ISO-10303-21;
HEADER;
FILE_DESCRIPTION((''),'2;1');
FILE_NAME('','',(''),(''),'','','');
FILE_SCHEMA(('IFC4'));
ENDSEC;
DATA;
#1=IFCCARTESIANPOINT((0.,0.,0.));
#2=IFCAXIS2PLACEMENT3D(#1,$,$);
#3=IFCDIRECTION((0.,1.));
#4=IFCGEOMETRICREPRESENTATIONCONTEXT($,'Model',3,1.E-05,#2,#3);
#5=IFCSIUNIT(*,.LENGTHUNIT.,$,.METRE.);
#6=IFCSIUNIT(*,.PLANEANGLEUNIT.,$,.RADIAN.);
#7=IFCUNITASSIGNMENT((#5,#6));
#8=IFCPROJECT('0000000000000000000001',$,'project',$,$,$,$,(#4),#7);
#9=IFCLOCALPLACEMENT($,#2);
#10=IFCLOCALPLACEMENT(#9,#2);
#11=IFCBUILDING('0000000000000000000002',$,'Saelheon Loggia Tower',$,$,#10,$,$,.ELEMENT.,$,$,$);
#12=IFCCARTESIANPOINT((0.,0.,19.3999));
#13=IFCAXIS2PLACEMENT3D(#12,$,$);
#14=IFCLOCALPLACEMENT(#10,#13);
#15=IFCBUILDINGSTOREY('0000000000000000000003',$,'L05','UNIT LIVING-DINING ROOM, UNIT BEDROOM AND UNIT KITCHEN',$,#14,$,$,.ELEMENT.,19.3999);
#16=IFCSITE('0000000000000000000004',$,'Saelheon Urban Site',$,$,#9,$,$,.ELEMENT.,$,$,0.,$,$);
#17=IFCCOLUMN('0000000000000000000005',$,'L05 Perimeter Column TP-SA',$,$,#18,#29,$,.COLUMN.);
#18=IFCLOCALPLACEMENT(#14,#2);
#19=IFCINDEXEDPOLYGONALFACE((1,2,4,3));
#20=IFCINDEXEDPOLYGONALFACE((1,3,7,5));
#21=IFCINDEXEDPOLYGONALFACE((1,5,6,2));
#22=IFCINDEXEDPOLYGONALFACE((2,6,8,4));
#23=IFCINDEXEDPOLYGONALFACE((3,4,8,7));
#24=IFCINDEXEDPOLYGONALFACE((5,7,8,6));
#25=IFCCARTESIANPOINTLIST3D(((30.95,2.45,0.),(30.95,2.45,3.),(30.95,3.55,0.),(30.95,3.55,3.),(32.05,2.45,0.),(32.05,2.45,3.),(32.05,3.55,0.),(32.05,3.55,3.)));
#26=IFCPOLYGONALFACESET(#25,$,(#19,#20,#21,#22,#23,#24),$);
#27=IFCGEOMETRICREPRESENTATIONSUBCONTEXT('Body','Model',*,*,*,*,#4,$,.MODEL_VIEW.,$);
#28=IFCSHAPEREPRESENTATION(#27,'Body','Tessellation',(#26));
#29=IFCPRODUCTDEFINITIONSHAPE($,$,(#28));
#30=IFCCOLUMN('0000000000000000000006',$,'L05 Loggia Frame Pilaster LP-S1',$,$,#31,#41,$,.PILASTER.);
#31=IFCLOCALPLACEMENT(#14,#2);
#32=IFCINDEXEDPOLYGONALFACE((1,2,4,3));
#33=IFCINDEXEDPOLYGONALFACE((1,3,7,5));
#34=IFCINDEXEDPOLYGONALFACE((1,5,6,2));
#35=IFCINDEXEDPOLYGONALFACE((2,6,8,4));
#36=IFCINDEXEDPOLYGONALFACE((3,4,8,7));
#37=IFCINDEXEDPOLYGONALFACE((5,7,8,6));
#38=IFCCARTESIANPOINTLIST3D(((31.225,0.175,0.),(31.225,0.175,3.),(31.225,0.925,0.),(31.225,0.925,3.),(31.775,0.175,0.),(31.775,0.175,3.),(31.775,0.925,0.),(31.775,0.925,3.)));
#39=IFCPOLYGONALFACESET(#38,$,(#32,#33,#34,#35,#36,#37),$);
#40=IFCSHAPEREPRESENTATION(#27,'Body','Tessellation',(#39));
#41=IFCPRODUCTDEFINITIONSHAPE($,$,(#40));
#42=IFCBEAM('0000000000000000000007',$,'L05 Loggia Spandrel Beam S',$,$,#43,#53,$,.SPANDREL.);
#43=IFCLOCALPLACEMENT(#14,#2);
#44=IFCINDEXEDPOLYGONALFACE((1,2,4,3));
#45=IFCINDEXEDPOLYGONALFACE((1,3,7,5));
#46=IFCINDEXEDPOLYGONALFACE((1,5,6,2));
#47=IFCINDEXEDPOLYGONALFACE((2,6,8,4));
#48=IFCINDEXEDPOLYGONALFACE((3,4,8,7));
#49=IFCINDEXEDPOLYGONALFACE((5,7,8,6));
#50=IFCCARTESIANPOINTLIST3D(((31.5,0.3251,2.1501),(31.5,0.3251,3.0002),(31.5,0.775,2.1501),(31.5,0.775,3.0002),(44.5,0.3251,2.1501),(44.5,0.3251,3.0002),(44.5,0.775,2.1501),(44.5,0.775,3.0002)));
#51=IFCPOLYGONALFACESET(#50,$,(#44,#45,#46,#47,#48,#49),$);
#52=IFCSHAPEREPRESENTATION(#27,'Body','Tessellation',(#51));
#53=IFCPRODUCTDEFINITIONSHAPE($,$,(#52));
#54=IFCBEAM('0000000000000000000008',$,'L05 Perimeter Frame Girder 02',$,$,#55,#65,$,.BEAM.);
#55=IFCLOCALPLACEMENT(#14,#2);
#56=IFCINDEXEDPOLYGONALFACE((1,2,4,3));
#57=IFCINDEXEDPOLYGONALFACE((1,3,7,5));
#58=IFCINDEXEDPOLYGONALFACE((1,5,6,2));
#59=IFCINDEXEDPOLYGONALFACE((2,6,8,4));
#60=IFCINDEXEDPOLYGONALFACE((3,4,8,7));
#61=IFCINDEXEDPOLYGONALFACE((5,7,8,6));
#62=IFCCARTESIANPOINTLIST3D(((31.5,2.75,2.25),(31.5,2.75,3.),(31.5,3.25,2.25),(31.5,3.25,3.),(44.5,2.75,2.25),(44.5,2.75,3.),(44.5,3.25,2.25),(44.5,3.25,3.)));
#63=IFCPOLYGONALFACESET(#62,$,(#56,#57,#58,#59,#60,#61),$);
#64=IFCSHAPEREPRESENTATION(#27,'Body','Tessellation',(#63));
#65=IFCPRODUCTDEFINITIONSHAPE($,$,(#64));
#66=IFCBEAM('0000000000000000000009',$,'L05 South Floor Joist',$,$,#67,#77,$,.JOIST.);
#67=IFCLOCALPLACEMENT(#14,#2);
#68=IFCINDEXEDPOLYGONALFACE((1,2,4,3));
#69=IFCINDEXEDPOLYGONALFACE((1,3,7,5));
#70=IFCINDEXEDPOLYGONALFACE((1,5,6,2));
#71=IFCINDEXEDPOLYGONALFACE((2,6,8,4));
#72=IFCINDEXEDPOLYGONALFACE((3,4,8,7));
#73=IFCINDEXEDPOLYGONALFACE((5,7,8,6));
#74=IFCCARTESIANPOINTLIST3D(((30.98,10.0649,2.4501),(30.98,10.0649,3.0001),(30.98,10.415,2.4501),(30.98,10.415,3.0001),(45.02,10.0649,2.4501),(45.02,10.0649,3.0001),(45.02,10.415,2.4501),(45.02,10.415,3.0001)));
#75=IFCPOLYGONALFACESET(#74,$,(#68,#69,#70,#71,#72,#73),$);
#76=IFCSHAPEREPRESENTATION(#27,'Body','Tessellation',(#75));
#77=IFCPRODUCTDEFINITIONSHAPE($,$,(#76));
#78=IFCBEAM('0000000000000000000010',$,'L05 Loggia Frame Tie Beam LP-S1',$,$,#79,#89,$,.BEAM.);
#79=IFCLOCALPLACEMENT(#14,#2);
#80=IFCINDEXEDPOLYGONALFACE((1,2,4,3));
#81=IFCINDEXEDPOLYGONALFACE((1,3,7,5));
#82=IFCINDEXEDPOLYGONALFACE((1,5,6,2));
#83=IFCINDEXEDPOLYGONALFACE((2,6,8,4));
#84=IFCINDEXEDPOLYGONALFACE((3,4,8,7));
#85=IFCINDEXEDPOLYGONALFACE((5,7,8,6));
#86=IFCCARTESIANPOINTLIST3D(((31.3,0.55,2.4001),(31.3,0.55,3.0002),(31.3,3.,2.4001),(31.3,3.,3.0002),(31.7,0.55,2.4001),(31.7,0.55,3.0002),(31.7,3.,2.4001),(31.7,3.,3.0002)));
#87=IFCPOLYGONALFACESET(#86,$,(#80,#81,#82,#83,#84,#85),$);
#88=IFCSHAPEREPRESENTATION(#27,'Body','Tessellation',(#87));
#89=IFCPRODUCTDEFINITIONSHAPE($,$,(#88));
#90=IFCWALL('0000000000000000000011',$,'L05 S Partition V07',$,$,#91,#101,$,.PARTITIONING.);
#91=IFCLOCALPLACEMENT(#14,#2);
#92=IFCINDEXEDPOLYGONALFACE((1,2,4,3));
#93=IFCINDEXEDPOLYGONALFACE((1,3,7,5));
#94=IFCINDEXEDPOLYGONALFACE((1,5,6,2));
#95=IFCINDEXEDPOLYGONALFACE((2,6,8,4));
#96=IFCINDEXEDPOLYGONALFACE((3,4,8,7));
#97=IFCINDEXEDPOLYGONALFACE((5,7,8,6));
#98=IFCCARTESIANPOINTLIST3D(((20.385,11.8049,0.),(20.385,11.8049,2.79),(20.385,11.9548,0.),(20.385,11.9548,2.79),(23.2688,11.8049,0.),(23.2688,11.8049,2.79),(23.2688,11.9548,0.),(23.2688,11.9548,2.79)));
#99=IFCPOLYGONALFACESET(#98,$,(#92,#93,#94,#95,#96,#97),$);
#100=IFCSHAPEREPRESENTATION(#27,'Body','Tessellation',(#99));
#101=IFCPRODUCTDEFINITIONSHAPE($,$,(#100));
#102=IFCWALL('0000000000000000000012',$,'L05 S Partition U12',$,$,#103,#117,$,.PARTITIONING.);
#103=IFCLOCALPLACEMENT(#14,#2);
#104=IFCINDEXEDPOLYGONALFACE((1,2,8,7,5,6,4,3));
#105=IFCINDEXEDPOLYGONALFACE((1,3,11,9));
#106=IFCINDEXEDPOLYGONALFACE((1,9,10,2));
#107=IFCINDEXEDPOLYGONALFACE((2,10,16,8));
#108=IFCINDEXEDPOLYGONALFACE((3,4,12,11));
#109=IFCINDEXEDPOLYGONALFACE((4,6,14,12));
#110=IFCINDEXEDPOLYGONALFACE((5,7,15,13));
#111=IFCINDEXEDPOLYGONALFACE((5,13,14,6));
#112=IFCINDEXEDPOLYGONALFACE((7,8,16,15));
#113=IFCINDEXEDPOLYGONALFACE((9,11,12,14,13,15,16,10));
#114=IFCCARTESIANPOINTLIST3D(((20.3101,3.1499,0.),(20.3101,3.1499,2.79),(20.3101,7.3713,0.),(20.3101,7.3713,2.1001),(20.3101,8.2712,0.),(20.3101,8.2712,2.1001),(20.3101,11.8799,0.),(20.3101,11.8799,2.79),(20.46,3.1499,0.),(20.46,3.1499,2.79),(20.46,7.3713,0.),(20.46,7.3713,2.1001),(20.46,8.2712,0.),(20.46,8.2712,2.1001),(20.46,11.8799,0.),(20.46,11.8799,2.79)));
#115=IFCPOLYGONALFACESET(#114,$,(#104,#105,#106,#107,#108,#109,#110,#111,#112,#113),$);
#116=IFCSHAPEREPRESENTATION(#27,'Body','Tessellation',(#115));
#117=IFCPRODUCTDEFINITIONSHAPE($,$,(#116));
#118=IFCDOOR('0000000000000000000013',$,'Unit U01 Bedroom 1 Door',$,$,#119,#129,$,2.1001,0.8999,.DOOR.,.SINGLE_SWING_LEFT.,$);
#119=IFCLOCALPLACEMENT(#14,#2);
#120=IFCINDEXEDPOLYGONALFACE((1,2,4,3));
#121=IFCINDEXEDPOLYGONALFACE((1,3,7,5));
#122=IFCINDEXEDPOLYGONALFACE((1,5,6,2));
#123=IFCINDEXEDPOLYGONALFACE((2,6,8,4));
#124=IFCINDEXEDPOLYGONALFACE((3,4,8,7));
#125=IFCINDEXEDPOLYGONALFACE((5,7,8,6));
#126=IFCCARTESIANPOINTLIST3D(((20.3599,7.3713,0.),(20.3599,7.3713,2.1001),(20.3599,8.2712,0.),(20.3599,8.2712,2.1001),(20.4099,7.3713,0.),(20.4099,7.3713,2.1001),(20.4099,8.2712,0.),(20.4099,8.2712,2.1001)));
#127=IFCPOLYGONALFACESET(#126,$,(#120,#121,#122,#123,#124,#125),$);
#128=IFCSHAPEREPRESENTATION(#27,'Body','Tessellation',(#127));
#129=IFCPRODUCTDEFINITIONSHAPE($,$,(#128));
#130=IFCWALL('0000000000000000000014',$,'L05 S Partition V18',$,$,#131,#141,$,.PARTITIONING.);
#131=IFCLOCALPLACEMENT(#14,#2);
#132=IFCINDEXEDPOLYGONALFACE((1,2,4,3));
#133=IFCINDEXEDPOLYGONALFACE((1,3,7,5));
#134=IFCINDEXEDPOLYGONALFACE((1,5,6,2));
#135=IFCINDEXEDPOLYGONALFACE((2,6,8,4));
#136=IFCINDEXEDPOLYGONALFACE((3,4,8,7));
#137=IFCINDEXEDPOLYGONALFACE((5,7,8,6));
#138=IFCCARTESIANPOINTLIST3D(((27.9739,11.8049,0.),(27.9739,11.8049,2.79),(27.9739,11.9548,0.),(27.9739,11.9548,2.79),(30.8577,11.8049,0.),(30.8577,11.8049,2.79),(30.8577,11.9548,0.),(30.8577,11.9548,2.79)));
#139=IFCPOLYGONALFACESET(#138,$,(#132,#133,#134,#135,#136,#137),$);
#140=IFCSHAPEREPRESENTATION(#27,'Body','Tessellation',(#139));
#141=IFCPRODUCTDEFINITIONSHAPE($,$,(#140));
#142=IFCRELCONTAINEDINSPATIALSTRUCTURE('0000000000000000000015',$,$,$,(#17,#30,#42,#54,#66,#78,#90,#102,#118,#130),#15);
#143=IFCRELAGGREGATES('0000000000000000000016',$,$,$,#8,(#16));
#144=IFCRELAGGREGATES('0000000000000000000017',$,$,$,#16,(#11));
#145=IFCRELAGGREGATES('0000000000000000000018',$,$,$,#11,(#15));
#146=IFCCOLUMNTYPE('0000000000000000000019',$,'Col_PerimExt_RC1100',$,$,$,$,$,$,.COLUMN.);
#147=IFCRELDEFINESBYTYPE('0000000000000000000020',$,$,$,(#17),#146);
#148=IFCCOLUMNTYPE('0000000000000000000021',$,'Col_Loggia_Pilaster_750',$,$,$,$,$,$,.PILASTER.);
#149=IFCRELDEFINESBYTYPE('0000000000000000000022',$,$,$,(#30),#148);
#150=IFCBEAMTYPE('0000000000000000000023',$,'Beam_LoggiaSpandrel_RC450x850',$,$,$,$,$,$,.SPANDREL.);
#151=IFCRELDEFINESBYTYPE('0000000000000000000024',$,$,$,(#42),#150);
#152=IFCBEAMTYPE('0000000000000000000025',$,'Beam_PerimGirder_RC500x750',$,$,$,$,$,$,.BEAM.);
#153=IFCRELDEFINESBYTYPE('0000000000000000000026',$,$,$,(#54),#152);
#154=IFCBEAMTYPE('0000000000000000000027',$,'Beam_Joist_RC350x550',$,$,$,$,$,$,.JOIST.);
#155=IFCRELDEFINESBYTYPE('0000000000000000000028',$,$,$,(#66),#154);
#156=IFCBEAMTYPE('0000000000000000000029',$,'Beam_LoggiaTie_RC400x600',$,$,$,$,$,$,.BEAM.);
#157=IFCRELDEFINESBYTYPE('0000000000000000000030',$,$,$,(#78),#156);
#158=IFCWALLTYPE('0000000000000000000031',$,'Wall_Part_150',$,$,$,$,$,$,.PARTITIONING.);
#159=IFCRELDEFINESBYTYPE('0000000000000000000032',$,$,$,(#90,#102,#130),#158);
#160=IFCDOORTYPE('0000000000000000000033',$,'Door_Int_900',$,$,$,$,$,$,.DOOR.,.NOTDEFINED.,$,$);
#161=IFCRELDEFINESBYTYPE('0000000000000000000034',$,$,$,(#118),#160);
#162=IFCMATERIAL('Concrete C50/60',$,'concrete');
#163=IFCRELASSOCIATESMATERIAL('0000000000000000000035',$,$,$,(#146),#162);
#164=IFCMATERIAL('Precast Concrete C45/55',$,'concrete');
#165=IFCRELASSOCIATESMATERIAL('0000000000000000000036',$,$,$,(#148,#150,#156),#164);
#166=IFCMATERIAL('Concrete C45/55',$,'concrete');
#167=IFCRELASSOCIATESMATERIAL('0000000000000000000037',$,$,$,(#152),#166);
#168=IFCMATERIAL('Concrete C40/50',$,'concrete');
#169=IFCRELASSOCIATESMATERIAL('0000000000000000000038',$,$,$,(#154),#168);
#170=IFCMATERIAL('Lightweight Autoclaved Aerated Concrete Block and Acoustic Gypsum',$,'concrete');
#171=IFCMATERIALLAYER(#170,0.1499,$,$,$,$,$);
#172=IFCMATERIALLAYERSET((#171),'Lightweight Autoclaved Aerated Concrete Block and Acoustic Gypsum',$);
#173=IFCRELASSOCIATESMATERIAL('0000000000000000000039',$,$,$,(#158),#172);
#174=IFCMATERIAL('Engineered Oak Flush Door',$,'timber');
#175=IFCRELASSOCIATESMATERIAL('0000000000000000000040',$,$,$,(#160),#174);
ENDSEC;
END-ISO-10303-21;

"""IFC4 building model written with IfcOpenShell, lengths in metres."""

from ifc_helpers import new_model, si_unit, direction, frame, frame_2d, origin, origin_2d, place, context, subcontext, project, spatial, rectangle, extrude, source, transform, mapped, material, layer, layer_set, material_profile, profile_set, type_object, element, fill, save


model = new_model("IFC4")

# Units and contexts
model_context = context("Model", 3, precision=1e-05, world=origin(), true_north=direction((0.0, 1.0)))
body_context = subcontext(model_context, "Body", "Model", "MODEL_VIEW")
ifc_project = project(units=[si_unit("LENGTHUNIT", "METRE"), si_unit("PLANEANGLEUNIT", "RADIAN")], contexts=[model_context])

# Site, building, storey
site_placement = place(None, origin())
site = spatial("IfcSite", under=ifc_project, at=site_placement, Name="Saelheon Urban Site", CompositionType="ELEMENT", RefElevation=0.0)
building_placement = place(site_placement, origin())
building = spatial("IfcBuilding", under=site, at=building_placement, Name="Saelheon Loggia Tower", CompositionType="ELEMENT")
storey_placement = place(building_placement, frame((0.0, 0.0, 19.3999)))
storey = spatial("IfcBuildingStorey", under=building, at=storey_placement, Name="L05", Description="UNIT LIVING-DINING ROOM, UNIT BEDROOM AND UNIT KITCHEN", CompositionType="ELEMENT", Elevation=19.3999)

# Columns
ifc_material_1 = material(Name="Concrete C50/60", Category="concrete")
ifc_material_profile_1 = material_profile(ifc_material_1, rectangle(XDim=1.1001, YDim=1.1001, at=origin_2d()), Name="RC-1100x1100")
ifc_profile_set_1 = profile_set([ifc_material_profile_1], Name="Concrete C50/60")
column_type_1 = type_object("IfcColumnType", Name="Col_PerimExt_RC1100", PredefinedType="COLUMN", material=ifc_profile_set_1)
shared_shape_1 = source(origin(), body_context, "Body", "SweptSolid", [
    extrude(rectangle(XDim=1.1001, YDim=1.1001, at=origin_2d()), origin(), (0.0, 0.0, 1.0), 3.0),
])
column_1_placement = place(storey_placement, frame((31.5, 3.0, 0.0), z_axis=(0.0, 0.0, 1.0), x_axis=(1.0, 0.0, 0.0)))
element("IfcColumn", 1, at=column_1_placement, inside=storey, type_object=column_type_1, Name="L05 Perimeter Column TP-SA", PredefinedType="COLUMN", context=body_context, shape_type="MappedRepresentation", body=[
    mapped(shared_shape_1, transform((0.0, 0.0, 0.0), scale=1.0)),
])
ifc_material_2 = material(Name="Precast Concrete C45/55", Category="concrete")
ifc_material_profile_2 = material_profile(ifc_material_2, rectangle(XDim=0.55, YDim=0.75, at=origin_2d()), Name="RC-550x750")
ifc_profile_set_2 = profile_set([ifc_material_profile_2], Name="Precast Concrete C45/55")
column_type_2 = type_object("IfcColumnType", Name="Col_Loggia_Pilaster_750", PredefinedType="PILASTER", material=ifc_profile_set_2)
shared_shape_2 = source(origin(), body_context, "Body", "SweptSolid", [
    extrude(rectangle(XDim=0.55, YDim=0.75, at=origin_2d()), origin(), (0.0, 0.0, 1.0), 3.0),
])
column_2_placement = place(storey_placement, frame((31.5, 0.55, 0.0), z_axis=(0.0, 0.0, 1.0), x_axis=(1.0, 0.0, 0.0)))
element("IfcColumn", 2, at=column_2_placement, inside=storey, type_object=column_type_2, Name="L05 Loggia Frame Pilaster LP-S1", PredefinedType="PILASTER", context=body_context, shape_type="MappedRepresentation", body=[
    mapped(shared_shape_2, transform((0.0, 0.0, 0.0), scale=1.0)),
])

# Beams
ifc_material_profile_3 = material_profile(ifc_material_2, rectangle(XDim=0.45, YDim=0.8501, at=origin_2d()), Name="RC-450x850")
ifc_profile_set_3 = profile_set([ifc_material_profile_3], Name="Precast Concrete C45/55")
beam_type_1 = type_object("IfcBeamType", Name="Beam_LoggiaSpandrel_RC450x850", PredefinedType="SPANDREL", material=ifc_profile_set_3)
shared_shape_3 = source(origin(), body_context, "Body", "SweptSolid", [
    extrude(rectangle(XDim=0.45, YDim=0.8501, at=origin_2d()), origin(), (0.0, 0.0, 1.0), 13.0),
])
beam_1_placement = place(storey_placement, frame((31.5, 0.55, 2.5752), z_axis=(1.0, 0.0, 0.0), x_axis=(0.0, 1.0, 0.0)))
element("IfcBeam", 3, at=beam_1_placement, inside=storey, type_object=beam_type_1, Name="L05 Loggia Spandrel Beam S", PredefinedType="SPANDREL", context=body_context, shape_type="MappedRepresentation", body=[
    mapped(shared_shape_3, transform((0.0, 0.0, 0.0), scale=1.0)),
])
ifc_material_3 = material(Name="Concrete C45/55", Category="concrete")
ifc_material_profile_4 = material_profile(ifc_material_3, rectangle(XDim=0.5, YDim=0.75, at=origin_2d()), Name="RC-500x750")
ifc_profile_set_4 = profile_set([ifc_material_profile_4], Name="Concrete C45/55")
beam_type_2 = type_object("IfcBeamType", Name="Beam_PerimGirder_RC500x750", PredefinedType="BEAM", material=ifc_profile_set_4)
shared_shape_4 = source(origin(), body_context, "Body", "SweptSolid", [
    extrude(rectangle(XDim=0.5, YDim=0.75, at=origin_2d()), origin(), (0.0, 0.0, 1.0), 13.0),
])
beam_2_placement = place(storey_placement, frame((31.5, 3.0, 2.625), z_axis=(1.0, 0.0, 0.0), x_axis=(0.0, 1.0, 0.0)))
element("IfcBeam", 4, at=beam_2_placement, inside=storey, type_object=beam_type_2, Name="L05 Perimeter Frame Girder 02", PredefinedType="BEAM", context=body_context, shape_type="MappedRepresentation", body=[
    mapped(shared_shape_4, transform((0.0, 0.0, 0.0), scale=1.0)),
])
ifc_material_4 = material(Name="Concrete C40/50", Category="concrete")
ifc_material_profile_5 = material_profile(ifc_material_4, rectangle(XDim=0.3501, YDim=0.55, at=origin_2d()), Name="RC-350x550")
ifc_profile_set_5 = profile_set([ifc_material_profile_5], Name="Concrete C40/50")
beam_type_3 = type_object("IfcBeamType", Name="Beam_Joist_RC350x550", PredefinedType="JOIST", material=ifc_profile_set_5)
shared_shape_5 = source(origin(), body_context, "Body", "SweptSolid", [
    extrude(rectangle(XDim=0.3501, YDim=0.55, at=origin_2d()), origin(), (0.0, 0.0, 1.0), 14.04),
])
beam_3_placement = place(storey_placement, frame((30.98, 10.24, 2.7251), z_axis=(1.0, 0.0, 0.0), x_axis=(0.0, 1.0, 0.0)))
element("IfcBeam", 5, at=beam_3_placement, inside=storey, type_object=beam_type_3, Name="L05 South Floor Joist", PredefinedType="JOIST", context=body_context, shape_type="MappedRepresentation", body=[
    mapped(shared_shape_5, transform((0.0, 0.0, 0.0), scale=1.0)),
])
ifc_material_profile_6 = material_profile(ifc_material_2, rectangle(XDim=0.3999, YDim=0.6001, at=origin_2d()), Name="RC-400x600")
ifc_profile_set_6 = profile_set([ifc_material_profile_6], Name="Precast Concrete C45/55")
beam_type_4 = type_object("IfcBeamType", Name="Beam_LoggiaTie_RC400x600", PredefinedType="BEAM", material=ifc_profile_set_6)
shared_shape_6 = source(origin(), body_context, "Body", "SweptSolid", [
    extrude(rectangle(XDim=0.3999, YDim=0.6001, at=origin_2d()), origin(), (0.0, 0.0, 1.0), 2.45),
])
beam_4_placement = place(storey_placement, frame((31.5, 3.0, 2.7002), z_axis=(0.0, -1.0, 0.0), x_axis=(1.0, 0.0, 0.0)))
element("IfcBeam", 6, at=beam_4_placement, inside=storey, type_object=beam_type_4, Name="L05 Loggia Frame Tie Beam LP-S1", PredefinedType="BEAM", context=body_context, shape_type="MappedRepresentation", body=[
    mapped(shared_shape_6, transform((0.0, 0.0, 0.0), scale=1.0)),
])

# Wall
ifc_material_5 = material(Name="Lightweight Autoclaved Aerated Concrete Block and Acoustic Gypsum", Category="concrete")
ifc_layer_1 = layer(ifc_material_5, 0.1499)
ifc_layer_set_1 = layer_set([ifc_layer_1], Name="Lightweight Autoclaved Aerated Concrete Block and Acoustic Gypsum")
wall_type_1 = type_object("IfcWallType", Name="Wall_Part_150", PredefinedType="PARTITIONING", material=ifc_layer_set_1)
wall_1_placement = place(storey_placement, frame((20.385, 11.8799, 0.0), z_axis=(0.0, 0.0, 1.0), x_axis=(1.0, 0.0, 0.0)))
element("IfcWall", 7, at=wall_1_placement, inside=storey, type_object=wall_type_1, Name="L05 S Partition V07", PredefinedType="PARTITIONING", context=body_context, shape_type="SweptSolid", body=[
    extrude(rectangle(XDim=2.8838, YDim=0.1499, at=frame_2d((1.4419, 0.0))), origin(), (0.0, 0.0, 1.0), 2.79),
])

# Wall, opening, door
wall_2_placement = place(storey_placement, frame((20.385, 11.8799, 0.0), z_axis=(0.0, 0.0, 1.0), x_axis=(0.0, -1.0, 0.0)))
wall_2 = element("IfcWall", 8, at=wall_2_placement, inside=storey, type_object=wall_type_1, Name="L05 S Partition U12", PredefinedType="PARTITIONING", context=body_context, shape_type="SweptSolid", body=[
    extrude(rectangle(XDim=8.73, YDim=0.1499, at=frame_2d((4.365, 0.0))), origin(), (0.0, 0.0, 1.0), 2.79),
])
opening_1_placement = place(wall_2_placement, frame((3.6086, 0.0, 0.0)))
opening_1 = element("IfcOpeningElement", 9, at=opening_1_placement, cuts=wall_2, PredefinedType="OPENING", context=body_context, shape_type="SweptSolid", body=[
    extrude(rectangle(XDim=0.8999, YDim=2.1001, at=frame_2d((0.45, 1.05))), frame((0.0, 0.0869, 0.0), z_axis=(0.0, -1.0, 0.0), x_axis=(1.0, 0.0, 0.0)), (0.0, 0.0, 1.0), 0.1738),
])
ifc_material_6 = material(Name="Engineered Oak Flush Door", Category="timber")
door_type = type_object("IfcDoorType", Name="Door_Int_900", OperationType="NOTDEFINED", PredefinedType="DOOR", material=ifc_material_6)
shared_shape_7 = source(origin(), body_context, "Body", "SweptSolid", [
    extrude(rectangle(XDim=0.8999, YDim=2.1001, at=frame_2d((0.45, 1.05))), frame((0.0, 0.0249, 0.0), z_axis=(0.0, -1.0, 0.0), x_axis=(1.0, 0.0, 0.0)), (0.0, 0.0, 1.0), 0.05),
])
door_1_placement = place(opening_1_placement, origin())
door_1 = element("IfcDoor", 10, at=door_1_placement, inside=storey, type_object=door_type, Name="Unit U01 Bedroom 1 Door", OperationType="SINGLE_SWING_LEFT", OverallHeight=2.1001, OverallWidth=0.8999, PredefinedType="DOOR", context=body_context, shape_type="MappedRepresentation", body=[
    mapped(shared_shape_7, transform((0.0, 0.0, 0.0), scale=1.0)),
])
fill(opening_1, door_1)

# Wall
wall_3_placement = place(storey_placement, frame((27.9739, 11.8799, 0.0), z_axis=(0.0, 0.0, 1.0), x_axis=(1.0, 0.0, 0.0)))
element("IfcWall", 11, at=wall_3_placement, inside=storey, type_object=wall_type_1, Name="L05 S Partition V18", PredefinedType="PARTITIONING", context=body_context, shape_type="SweptSolid", body=[
    extrude(rectangle(XDim=2.8838, YDim=0.1499, at=frame_2d((1.4419, 0.0))), origin(), (0.0, 0.0, 1.0), 2.79),
])

save(model, "model.ifc")
